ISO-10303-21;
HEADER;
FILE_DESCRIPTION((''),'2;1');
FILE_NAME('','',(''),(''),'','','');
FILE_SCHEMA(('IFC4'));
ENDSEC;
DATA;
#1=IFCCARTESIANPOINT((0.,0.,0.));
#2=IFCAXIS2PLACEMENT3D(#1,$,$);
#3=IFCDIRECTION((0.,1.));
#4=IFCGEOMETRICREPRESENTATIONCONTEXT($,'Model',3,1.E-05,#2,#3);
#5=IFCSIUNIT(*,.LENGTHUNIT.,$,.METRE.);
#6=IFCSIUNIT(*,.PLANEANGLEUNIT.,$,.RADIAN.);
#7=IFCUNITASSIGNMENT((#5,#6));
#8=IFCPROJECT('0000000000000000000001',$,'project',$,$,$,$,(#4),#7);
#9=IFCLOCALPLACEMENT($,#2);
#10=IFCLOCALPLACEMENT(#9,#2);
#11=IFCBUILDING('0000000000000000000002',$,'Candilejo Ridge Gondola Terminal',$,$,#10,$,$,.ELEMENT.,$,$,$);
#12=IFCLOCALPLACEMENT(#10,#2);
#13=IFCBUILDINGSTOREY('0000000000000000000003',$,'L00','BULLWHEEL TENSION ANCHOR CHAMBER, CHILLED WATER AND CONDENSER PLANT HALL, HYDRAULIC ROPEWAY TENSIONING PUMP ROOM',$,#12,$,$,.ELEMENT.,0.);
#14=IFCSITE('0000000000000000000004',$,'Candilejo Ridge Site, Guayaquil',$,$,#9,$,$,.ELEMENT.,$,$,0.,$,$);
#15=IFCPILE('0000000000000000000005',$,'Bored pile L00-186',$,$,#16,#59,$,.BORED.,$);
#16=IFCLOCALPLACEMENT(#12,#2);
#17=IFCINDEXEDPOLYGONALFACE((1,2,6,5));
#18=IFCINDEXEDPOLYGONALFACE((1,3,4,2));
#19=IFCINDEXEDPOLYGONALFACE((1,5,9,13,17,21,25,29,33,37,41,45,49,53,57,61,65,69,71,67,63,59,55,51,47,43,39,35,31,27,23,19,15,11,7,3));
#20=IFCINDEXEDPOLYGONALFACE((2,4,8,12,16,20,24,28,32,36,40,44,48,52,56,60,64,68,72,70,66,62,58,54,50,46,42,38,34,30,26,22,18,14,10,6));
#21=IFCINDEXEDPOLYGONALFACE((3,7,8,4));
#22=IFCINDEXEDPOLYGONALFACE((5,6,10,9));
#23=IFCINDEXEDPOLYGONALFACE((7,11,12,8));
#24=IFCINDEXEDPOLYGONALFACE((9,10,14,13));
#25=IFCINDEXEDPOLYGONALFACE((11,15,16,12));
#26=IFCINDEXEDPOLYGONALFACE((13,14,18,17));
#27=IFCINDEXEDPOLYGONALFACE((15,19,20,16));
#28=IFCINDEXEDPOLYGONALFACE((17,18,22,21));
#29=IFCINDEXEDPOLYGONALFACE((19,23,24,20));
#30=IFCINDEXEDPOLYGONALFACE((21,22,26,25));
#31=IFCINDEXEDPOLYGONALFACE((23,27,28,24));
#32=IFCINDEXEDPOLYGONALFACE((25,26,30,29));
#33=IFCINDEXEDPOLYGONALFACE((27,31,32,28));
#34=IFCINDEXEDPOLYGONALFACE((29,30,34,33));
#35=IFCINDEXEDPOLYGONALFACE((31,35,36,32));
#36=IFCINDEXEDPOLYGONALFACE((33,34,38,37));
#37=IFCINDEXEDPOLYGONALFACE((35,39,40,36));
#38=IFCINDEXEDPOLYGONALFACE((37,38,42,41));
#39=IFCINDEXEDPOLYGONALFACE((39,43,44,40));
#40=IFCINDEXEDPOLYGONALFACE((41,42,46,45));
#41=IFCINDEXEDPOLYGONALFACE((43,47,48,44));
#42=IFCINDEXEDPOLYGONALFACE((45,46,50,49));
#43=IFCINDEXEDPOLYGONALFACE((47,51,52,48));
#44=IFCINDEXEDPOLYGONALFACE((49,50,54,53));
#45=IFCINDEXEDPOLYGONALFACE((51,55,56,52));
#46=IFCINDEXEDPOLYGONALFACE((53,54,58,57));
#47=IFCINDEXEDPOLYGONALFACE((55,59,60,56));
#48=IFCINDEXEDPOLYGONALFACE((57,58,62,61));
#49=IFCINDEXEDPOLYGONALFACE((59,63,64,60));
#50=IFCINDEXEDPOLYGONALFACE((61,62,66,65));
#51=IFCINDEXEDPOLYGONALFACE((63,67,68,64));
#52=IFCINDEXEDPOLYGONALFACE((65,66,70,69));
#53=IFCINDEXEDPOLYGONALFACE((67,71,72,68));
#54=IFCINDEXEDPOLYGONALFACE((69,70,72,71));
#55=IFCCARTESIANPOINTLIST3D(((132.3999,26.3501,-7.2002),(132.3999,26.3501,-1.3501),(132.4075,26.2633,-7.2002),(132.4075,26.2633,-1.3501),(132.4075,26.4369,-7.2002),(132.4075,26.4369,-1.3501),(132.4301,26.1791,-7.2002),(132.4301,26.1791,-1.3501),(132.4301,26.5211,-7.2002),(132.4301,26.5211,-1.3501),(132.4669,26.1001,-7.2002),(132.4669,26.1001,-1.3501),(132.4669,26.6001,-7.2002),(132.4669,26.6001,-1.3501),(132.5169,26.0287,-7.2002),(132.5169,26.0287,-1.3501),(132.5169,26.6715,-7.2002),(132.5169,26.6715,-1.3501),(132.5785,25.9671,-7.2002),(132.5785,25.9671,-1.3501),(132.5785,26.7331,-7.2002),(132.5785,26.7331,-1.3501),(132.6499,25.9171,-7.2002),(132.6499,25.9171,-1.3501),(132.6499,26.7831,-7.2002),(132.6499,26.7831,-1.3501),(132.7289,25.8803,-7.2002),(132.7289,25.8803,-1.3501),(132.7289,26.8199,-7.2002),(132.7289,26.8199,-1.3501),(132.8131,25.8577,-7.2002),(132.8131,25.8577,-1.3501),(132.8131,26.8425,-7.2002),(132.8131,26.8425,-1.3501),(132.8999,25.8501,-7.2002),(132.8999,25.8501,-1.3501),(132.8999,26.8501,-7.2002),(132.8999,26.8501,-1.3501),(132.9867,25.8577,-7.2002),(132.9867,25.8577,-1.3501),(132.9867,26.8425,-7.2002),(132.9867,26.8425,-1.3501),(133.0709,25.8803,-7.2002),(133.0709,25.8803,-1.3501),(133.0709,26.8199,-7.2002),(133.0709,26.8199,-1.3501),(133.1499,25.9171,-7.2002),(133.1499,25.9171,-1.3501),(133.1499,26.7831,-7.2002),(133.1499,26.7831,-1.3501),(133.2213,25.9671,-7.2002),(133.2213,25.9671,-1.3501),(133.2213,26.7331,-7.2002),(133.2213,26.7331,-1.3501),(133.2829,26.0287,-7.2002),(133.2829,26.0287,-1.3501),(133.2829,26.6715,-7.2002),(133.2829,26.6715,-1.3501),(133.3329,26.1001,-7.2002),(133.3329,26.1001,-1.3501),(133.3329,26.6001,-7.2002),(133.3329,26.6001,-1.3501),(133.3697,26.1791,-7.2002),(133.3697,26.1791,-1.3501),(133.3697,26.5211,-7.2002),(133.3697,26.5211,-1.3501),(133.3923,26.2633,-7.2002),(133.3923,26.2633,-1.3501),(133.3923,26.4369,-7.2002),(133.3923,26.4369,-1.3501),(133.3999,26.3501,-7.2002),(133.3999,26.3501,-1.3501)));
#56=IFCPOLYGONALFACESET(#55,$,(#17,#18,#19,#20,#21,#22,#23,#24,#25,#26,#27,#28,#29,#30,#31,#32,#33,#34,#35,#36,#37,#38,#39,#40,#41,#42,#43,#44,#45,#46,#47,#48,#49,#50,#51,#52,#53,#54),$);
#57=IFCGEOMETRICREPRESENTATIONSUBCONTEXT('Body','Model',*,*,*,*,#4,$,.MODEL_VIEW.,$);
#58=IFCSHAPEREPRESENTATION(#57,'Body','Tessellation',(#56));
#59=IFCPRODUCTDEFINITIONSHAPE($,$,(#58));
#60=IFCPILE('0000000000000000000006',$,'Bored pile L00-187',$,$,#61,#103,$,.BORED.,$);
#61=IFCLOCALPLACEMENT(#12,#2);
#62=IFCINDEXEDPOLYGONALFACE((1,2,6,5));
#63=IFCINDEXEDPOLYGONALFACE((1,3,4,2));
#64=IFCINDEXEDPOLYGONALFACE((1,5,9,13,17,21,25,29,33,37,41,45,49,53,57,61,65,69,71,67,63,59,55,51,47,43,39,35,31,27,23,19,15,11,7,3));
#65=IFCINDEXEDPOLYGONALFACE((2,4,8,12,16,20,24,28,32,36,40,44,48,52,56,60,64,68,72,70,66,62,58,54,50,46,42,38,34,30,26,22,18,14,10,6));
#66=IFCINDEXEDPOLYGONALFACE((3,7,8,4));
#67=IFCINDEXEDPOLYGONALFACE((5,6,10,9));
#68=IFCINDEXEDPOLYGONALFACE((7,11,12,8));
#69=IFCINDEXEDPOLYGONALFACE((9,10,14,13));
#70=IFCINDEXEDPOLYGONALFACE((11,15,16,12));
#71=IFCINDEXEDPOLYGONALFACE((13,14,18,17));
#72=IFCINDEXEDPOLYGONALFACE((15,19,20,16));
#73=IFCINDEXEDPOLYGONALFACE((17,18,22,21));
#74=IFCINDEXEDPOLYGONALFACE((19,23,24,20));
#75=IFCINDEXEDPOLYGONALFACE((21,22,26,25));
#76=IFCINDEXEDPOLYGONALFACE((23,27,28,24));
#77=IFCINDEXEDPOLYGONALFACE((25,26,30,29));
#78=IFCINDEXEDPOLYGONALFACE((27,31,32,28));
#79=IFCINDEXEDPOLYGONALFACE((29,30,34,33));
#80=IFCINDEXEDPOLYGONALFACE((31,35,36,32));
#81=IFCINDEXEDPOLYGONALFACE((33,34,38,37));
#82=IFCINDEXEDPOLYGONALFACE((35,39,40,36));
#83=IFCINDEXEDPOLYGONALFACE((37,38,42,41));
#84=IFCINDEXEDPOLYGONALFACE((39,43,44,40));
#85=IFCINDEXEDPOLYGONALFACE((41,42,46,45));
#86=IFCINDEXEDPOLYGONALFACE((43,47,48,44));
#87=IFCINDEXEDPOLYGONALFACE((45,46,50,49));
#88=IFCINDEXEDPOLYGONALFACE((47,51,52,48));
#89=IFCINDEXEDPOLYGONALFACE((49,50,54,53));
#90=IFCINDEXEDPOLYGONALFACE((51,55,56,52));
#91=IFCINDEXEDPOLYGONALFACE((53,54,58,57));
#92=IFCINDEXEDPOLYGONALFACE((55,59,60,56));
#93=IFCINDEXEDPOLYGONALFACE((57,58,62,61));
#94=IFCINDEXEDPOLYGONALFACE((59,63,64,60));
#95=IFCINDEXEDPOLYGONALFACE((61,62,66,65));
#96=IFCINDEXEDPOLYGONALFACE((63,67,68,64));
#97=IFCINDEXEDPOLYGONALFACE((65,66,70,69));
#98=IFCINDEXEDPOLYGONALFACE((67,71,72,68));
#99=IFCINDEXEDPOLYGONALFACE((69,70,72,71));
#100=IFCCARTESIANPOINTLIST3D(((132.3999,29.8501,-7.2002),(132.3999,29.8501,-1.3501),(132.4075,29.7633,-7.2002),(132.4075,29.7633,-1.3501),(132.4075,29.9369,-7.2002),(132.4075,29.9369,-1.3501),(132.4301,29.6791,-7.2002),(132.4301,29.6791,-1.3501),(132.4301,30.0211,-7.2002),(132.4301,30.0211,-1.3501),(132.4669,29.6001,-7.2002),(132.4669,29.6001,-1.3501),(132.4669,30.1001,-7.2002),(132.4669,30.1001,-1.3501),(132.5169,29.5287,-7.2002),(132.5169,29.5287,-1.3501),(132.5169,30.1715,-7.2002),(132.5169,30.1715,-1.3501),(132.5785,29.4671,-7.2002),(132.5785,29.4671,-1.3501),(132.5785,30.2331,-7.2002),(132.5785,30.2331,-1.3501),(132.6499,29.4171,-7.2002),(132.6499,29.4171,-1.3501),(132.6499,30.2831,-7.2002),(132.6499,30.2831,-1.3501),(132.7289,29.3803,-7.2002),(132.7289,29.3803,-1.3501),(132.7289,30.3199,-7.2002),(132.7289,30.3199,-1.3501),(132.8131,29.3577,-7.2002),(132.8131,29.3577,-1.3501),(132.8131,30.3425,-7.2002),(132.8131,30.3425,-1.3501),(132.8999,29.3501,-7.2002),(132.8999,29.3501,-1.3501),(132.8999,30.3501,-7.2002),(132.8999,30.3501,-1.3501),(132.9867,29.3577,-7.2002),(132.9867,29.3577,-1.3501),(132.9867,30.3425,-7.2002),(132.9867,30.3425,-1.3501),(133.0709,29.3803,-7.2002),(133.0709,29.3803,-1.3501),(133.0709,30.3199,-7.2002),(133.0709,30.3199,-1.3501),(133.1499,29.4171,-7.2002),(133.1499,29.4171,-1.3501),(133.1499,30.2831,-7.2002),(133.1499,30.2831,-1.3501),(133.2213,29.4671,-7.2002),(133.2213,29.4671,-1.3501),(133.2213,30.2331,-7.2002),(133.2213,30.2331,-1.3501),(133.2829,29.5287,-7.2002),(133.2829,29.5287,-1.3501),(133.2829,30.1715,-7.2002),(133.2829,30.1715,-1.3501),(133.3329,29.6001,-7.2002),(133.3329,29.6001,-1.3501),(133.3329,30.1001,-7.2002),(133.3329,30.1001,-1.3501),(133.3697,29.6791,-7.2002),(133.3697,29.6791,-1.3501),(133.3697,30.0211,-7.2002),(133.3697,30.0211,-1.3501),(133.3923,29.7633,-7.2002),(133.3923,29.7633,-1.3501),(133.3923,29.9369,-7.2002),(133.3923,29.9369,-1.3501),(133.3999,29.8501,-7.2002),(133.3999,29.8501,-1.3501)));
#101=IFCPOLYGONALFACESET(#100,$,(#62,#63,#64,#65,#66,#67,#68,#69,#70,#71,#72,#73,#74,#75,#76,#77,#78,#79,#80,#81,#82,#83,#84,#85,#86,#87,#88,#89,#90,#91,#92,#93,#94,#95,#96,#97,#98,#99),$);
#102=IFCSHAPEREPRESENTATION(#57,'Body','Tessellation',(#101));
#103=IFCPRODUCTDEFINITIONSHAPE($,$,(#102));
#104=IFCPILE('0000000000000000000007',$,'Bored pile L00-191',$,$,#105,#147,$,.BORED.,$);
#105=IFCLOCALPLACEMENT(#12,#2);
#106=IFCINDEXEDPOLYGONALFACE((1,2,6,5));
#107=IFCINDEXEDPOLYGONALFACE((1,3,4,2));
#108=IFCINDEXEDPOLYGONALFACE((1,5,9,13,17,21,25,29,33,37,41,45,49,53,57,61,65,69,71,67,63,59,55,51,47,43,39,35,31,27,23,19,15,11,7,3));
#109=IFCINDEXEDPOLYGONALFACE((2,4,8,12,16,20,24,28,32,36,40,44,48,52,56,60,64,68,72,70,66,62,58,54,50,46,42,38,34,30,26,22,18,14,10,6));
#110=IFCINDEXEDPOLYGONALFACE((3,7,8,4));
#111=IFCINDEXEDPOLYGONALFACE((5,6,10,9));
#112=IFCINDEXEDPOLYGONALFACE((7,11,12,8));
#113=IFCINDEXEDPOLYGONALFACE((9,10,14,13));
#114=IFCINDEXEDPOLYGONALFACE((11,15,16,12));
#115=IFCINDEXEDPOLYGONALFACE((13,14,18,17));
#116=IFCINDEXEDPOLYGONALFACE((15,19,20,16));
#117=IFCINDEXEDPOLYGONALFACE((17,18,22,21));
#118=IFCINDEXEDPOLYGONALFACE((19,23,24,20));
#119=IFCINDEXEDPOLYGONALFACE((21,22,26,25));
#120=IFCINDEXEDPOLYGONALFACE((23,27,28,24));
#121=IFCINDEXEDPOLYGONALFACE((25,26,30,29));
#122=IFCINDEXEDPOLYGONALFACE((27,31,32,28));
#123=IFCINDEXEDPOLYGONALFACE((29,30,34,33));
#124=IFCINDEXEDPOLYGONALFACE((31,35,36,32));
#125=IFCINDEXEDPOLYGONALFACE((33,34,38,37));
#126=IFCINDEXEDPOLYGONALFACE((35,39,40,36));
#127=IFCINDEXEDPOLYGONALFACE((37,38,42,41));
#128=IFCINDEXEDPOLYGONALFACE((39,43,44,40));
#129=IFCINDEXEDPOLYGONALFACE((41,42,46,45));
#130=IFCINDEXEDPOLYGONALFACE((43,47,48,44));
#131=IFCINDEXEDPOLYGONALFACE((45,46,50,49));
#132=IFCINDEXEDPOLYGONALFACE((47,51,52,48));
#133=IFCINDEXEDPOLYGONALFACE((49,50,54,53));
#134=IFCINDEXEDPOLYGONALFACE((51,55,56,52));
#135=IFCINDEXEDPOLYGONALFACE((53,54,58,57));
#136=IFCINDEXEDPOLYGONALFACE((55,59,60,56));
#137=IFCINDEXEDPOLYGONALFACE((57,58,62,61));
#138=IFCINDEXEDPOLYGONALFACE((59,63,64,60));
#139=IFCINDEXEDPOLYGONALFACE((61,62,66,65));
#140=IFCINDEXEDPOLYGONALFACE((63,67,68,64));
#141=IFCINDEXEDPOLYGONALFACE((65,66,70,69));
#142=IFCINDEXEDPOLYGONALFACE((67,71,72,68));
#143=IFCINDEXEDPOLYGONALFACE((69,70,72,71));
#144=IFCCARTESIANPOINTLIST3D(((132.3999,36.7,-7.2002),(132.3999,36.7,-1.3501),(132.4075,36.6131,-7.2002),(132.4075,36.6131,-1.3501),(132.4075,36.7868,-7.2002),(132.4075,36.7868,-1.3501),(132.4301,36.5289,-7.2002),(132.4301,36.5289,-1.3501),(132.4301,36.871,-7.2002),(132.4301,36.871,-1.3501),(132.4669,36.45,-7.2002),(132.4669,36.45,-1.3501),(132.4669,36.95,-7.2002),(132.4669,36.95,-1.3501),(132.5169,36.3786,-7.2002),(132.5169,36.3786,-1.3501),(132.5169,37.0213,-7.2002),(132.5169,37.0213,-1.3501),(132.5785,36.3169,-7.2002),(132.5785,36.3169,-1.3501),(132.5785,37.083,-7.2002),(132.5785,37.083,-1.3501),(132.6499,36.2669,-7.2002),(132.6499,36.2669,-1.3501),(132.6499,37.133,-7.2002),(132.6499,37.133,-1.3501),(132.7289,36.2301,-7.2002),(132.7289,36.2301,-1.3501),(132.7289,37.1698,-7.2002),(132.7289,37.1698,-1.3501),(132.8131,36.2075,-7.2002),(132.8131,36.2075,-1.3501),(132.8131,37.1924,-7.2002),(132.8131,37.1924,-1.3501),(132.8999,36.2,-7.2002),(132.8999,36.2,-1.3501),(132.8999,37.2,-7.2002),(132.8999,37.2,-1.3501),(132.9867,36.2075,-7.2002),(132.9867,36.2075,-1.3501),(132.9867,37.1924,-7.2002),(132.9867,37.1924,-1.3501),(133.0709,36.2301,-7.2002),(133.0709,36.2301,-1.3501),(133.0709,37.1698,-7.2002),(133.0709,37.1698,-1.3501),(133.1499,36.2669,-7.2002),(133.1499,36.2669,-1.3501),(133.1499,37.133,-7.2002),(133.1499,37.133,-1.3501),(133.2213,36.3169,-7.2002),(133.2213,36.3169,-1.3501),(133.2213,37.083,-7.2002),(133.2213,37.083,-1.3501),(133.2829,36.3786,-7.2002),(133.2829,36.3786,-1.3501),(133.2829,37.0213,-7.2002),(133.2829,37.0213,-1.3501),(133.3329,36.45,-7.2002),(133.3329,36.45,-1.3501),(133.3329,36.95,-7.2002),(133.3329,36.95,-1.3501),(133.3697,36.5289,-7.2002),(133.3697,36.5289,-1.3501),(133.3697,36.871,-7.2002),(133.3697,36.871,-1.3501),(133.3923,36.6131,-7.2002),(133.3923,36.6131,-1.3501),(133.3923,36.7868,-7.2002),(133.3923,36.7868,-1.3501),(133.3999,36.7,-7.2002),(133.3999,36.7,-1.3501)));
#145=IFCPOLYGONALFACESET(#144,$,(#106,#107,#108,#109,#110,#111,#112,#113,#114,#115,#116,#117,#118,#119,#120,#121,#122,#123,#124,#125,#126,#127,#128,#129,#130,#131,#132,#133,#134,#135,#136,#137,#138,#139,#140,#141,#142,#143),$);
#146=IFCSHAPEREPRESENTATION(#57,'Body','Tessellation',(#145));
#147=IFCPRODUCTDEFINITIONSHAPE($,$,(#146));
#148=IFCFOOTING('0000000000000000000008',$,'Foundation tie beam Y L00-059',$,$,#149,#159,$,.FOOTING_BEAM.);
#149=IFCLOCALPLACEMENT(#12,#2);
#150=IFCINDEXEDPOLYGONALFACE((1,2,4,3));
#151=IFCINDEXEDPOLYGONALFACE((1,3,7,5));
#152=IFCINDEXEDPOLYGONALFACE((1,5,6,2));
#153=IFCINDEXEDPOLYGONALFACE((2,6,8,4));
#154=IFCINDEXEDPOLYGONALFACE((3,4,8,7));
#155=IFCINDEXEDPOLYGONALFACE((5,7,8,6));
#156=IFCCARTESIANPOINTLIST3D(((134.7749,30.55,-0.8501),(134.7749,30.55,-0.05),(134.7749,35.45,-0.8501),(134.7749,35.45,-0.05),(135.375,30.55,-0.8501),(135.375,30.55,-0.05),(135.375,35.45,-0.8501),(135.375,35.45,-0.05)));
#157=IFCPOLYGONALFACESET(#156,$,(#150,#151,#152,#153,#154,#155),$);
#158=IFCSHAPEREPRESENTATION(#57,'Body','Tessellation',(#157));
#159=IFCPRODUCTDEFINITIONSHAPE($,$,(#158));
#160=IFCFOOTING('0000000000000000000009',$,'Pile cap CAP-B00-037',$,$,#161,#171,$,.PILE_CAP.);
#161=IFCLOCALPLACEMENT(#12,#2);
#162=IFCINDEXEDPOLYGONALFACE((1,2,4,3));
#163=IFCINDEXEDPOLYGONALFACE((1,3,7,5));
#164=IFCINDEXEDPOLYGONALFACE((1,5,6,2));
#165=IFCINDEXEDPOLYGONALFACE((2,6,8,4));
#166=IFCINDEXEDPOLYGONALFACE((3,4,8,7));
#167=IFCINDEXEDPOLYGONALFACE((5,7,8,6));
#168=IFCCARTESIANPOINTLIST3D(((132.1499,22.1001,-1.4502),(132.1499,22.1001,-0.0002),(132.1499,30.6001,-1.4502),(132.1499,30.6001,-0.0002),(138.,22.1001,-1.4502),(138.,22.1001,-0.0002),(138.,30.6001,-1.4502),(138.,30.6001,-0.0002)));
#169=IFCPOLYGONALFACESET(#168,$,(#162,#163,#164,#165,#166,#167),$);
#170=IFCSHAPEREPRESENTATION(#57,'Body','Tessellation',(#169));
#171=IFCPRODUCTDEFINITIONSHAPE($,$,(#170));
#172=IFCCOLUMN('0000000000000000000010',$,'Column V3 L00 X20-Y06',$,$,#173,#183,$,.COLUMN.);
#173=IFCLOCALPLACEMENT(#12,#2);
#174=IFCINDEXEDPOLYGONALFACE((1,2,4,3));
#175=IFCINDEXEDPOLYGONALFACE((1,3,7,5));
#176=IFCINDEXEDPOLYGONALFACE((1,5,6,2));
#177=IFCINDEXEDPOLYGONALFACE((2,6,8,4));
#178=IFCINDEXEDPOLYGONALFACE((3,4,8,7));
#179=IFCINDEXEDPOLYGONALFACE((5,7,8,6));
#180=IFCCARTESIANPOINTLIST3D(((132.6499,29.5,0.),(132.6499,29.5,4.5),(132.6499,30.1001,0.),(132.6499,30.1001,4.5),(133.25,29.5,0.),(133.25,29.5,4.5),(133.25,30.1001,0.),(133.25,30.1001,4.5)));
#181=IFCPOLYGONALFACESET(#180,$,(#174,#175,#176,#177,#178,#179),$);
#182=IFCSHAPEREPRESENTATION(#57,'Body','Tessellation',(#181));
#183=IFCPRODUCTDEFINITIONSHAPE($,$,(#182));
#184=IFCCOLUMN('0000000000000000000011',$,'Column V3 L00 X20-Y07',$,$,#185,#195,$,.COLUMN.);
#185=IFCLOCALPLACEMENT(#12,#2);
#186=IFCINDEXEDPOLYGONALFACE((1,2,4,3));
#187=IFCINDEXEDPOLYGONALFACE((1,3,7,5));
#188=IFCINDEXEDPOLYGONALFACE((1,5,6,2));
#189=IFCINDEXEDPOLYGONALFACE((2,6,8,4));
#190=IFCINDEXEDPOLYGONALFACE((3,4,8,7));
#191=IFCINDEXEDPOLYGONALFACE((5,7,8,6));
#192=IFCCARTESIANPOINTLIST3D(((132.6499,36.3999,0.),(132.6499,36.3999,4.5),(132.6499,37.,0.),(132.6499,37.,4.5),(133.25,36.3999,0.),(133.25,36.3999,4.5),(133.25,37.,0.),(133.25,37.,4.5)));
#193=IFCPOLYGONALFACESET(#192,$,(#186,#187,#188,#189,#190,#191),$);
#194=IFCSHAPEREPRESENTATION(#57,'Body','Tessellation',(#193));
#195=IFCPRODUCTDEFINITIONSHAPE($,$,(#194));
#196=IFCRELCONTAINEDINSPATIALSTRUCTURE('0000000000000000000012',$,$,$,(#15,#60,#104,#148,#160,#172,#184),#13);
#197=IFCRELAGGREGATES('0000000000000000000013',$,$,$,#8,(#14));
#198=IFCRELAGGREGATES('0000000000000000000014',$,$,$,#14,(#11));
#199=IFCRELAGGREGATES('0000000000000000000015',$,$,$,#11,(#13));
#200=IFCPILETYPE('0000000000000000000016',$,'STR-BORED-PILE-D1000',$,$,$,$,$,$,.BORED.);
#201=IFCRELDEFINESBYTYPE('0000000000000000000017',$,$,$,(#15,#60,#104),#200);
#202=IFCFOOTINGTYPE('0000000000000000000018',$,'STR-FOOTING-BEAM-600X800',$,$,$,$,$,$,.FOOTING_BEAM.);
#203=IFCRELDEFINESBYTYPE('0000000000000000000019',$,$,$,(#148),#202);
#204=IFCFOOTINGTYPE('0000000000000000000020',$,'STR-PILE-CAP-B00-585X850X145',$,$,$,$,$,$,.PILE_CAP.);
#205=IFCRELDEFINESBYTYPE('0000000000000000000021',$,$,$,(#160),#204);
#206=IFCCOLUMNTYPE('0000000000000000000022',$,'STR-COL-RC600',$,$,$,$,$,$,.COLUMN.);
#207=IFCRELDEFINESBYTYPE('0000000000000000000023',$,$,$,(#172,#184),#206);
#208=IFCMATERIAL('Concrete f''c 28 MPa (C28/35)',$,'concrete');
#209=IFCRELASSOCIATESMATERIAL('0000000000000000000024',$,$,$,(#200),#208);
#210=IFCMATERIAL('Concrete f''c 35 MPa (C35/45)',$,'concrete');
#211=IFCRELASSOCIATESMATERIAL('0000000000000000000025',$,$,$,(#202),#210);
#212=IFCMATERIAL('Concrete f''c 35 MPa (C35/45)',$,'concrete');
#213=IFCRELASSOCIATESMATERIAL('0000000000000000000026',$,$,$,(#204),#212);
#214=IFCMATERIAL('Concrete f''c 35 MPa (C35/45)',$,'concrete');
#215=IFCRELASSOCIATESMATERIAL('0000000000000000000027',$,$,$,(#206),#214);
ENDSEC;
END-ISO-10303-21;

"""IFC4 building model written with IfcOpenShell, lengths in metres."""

from ifc_helpers import new_model, si_unit, direction, frame, origin, origin_2d, place, context, subcontext, project, spatial, rectangle, circle, extrude, material, material_profile, profile_set, type_object, element, save


model = new_model("IFC4")

# Units and contexts
model_context = context("Model", 3, precision=1e-05, world=origin(), true_north=direction((0.0, 1.0)))
body_context = subcontext(model_context, "Body", "Model", "MODEL_VIEW")
ifc_project = project(units=[si_unit("LENGTHUNIT", "METRE"), si_unit("PLANEANGLEUNIT", "RADIAN")], contexts=[model_context])

# Site, building, storey
site_placement = place(None, origin())
site = spatial("IfcSite", under=ifc_project, at=site_placement, Name="Candilejo Ridge Site, Guayaquil", CompositionType="ELEMENT", RefElevation=0.0)
building_placement = place(site_placement, origin())
building = spatial("IfcBuilding", under=site, at=building_placement, Name="Candilejo Ridge Gondola Terminal", CompositionType="ELEMENT")
storey_placement = place(building_placement, origin())
storey = spatial("IfcBuildingStorey", under=building, at=storey_placement, Name="L00", Description="BULLWHEEL TENSION ANCHOR CHAMBER, CHILLED WATER AND CONDENSER PLANT HALL, HYDRAULIC ROPEWAY TENSIONING PUMP ROOM", CompositionType="ELEMENT", Elevation=0.0)

# Piles
ifc_material_1 = material(Name="Concrete f'c 28 MPa (C28/35)", Category="concrete")
ifc_material_profile_1 = material_profile(ifc_material_1, circle(Radius=0.5, at=origin_2d()))
ifc_profile_set_1 = profile_set([ifc_material_profile_1], Name="Concrete f'c 28 MPa (C28/35)")
pile_type = type_object("IfcPileType", Name="STR-BORED-PILE-D1000", PredefinedType="BORED", material=ifc_profile_set_1)
for number, where, z_axis, x_axis, name in (
    (1, (132.8999, 26.3501, -1.3501), (0.0, 0.0, -1.0), (1.0, 0.0, 0.0), "Bored pile L00-186"),
    (2, (132.8999, 29.8501, -1.3501), (0.0, 0.0, -1.0), (1.0, 0.0, 0.0), "Bored pile L00-187"),
    (3, (132.8999, 36.7, -1.3501), (0.0, 0.0, -1.0), (1.0, 0.0, 0.0), "Bored pile L00-191"),
):
    element("IfcPile", number, at=place(storey_placement, frame(where, z_axis=z_axis, x_axis=x_axis)), inside=storey, type_object=pile_type, Name=name, PredefinedType="BORED", context=body_context, shape_type="SweptSolid", body=[
        extrude(circle(Radius=0.5, at=origin_2d()), origin(), (0.0, 0.0, 1.0), 5.8501),
    ])

# Footings
ifc_material_2 = material(Name="Concrete f'c 35 MPa (C35/45)", Category="concrete")
footing_type_1 = type_object("IfcFootingType", Name="STR-FOOTING-BEAM-600X800", PredefinedType="FOOTING_BEAM", material=ifc_material_2)
footing_1_placement = place(storey_placement, frame((135.075, 33.0, -0.8501), z_axis=(0.0, 0.0, 1.0), x_axis=(1.0, 0.0, 0.0)))
element("IfcFooting", 4, at=footing_1_placement, inside=storey, type_object=footing_type_1, Name="Foundation tie beam Y L00-059", PredefinedType="FOOTING_BEAM", context=body_context, shape_type="SweptSolid", body=[
    extrude(rectangle(XDim=0.6001, YDim=4.8999, at=origin_2d()), origin(), (0.0, 0.0, 1.0), 0.8),
])
ifc_material_3 = material(Name="Concrete f'c 35 MPa (C35/45)", Category="concrete")
footing_type_2 = type_object("IfcFootingType", Name="STR-PILE-CAP-B00-585X850X145", PredefinedType="PILE_CAP", material=ifc_material_3)
footing_2_placement = place(storey_placement, frame((135.075, 26.3501, -1.4502), z_axis=(0.0, 0.0, 1.0), x_axis=(1.0, 0.0, 0.0)))
element("IfcFooting", 5, at=footing_2_placement, inside=storey, type_object=footing_type_2, Name="Pile cap CAP-B00-037", PredefinedType="PILE_CAP", context=body_context, shape_type="SweptSolid", body=[
    extrude(rectangle(XDim=5.8501, YDim=8.5, at=origin_2d()), origin(), (0.0, 0.0, 1.0), 1.45),
])

# Columns
ifc_material_4 = material(Name="Concrete f'c 35 MPa (C35/45)", Category="concrete")
ifc_material_profile_2 = material_profile(ifc_material_4, rectangle(XDim=0.6001, YDim=0.6001, at=origin_2d()))
ifc_profile_set_2 = profile_set([ifc_material_profile_2], Name="Concrete f'c 35 MPa (C35/45)")
column_type_1 = type_object("IfcColumnType", Name="STR-COL-RC600", PredefinedType="COLUMN", material=ifc_profile_set_2)
for number, where, z_axis, x_axis, name in (
    (6, (132.95, 29.8, 0.0), (0.0, 0.0, 1.0), (1.0, 0.0, 0.0), "Column V3 L00 X20-Y06"),
    (7, (132.95, 36.7, 0.0), (0.0, 0.0, 1.0), (1.0, 0.0, 0.0), "Column V3 L00 X20-Y07"),
):
    element("IfcColumn", number, at=place(storey_placement, frame(where, z_axis=z_axis, x_axis=x_axis)), inside=storey, type_object=column_type_1, Name=name, PredefinedType="COLUMN", context=body_context, shape_type="SweptSolid", body=[
        extrude(rectangle(XDim=0.6001, YDim=0.6001, at=origin_2d()), origin(), (0.0, 0.0, 1.0), 4.5),
    ])

save(model, "model.ifc")
